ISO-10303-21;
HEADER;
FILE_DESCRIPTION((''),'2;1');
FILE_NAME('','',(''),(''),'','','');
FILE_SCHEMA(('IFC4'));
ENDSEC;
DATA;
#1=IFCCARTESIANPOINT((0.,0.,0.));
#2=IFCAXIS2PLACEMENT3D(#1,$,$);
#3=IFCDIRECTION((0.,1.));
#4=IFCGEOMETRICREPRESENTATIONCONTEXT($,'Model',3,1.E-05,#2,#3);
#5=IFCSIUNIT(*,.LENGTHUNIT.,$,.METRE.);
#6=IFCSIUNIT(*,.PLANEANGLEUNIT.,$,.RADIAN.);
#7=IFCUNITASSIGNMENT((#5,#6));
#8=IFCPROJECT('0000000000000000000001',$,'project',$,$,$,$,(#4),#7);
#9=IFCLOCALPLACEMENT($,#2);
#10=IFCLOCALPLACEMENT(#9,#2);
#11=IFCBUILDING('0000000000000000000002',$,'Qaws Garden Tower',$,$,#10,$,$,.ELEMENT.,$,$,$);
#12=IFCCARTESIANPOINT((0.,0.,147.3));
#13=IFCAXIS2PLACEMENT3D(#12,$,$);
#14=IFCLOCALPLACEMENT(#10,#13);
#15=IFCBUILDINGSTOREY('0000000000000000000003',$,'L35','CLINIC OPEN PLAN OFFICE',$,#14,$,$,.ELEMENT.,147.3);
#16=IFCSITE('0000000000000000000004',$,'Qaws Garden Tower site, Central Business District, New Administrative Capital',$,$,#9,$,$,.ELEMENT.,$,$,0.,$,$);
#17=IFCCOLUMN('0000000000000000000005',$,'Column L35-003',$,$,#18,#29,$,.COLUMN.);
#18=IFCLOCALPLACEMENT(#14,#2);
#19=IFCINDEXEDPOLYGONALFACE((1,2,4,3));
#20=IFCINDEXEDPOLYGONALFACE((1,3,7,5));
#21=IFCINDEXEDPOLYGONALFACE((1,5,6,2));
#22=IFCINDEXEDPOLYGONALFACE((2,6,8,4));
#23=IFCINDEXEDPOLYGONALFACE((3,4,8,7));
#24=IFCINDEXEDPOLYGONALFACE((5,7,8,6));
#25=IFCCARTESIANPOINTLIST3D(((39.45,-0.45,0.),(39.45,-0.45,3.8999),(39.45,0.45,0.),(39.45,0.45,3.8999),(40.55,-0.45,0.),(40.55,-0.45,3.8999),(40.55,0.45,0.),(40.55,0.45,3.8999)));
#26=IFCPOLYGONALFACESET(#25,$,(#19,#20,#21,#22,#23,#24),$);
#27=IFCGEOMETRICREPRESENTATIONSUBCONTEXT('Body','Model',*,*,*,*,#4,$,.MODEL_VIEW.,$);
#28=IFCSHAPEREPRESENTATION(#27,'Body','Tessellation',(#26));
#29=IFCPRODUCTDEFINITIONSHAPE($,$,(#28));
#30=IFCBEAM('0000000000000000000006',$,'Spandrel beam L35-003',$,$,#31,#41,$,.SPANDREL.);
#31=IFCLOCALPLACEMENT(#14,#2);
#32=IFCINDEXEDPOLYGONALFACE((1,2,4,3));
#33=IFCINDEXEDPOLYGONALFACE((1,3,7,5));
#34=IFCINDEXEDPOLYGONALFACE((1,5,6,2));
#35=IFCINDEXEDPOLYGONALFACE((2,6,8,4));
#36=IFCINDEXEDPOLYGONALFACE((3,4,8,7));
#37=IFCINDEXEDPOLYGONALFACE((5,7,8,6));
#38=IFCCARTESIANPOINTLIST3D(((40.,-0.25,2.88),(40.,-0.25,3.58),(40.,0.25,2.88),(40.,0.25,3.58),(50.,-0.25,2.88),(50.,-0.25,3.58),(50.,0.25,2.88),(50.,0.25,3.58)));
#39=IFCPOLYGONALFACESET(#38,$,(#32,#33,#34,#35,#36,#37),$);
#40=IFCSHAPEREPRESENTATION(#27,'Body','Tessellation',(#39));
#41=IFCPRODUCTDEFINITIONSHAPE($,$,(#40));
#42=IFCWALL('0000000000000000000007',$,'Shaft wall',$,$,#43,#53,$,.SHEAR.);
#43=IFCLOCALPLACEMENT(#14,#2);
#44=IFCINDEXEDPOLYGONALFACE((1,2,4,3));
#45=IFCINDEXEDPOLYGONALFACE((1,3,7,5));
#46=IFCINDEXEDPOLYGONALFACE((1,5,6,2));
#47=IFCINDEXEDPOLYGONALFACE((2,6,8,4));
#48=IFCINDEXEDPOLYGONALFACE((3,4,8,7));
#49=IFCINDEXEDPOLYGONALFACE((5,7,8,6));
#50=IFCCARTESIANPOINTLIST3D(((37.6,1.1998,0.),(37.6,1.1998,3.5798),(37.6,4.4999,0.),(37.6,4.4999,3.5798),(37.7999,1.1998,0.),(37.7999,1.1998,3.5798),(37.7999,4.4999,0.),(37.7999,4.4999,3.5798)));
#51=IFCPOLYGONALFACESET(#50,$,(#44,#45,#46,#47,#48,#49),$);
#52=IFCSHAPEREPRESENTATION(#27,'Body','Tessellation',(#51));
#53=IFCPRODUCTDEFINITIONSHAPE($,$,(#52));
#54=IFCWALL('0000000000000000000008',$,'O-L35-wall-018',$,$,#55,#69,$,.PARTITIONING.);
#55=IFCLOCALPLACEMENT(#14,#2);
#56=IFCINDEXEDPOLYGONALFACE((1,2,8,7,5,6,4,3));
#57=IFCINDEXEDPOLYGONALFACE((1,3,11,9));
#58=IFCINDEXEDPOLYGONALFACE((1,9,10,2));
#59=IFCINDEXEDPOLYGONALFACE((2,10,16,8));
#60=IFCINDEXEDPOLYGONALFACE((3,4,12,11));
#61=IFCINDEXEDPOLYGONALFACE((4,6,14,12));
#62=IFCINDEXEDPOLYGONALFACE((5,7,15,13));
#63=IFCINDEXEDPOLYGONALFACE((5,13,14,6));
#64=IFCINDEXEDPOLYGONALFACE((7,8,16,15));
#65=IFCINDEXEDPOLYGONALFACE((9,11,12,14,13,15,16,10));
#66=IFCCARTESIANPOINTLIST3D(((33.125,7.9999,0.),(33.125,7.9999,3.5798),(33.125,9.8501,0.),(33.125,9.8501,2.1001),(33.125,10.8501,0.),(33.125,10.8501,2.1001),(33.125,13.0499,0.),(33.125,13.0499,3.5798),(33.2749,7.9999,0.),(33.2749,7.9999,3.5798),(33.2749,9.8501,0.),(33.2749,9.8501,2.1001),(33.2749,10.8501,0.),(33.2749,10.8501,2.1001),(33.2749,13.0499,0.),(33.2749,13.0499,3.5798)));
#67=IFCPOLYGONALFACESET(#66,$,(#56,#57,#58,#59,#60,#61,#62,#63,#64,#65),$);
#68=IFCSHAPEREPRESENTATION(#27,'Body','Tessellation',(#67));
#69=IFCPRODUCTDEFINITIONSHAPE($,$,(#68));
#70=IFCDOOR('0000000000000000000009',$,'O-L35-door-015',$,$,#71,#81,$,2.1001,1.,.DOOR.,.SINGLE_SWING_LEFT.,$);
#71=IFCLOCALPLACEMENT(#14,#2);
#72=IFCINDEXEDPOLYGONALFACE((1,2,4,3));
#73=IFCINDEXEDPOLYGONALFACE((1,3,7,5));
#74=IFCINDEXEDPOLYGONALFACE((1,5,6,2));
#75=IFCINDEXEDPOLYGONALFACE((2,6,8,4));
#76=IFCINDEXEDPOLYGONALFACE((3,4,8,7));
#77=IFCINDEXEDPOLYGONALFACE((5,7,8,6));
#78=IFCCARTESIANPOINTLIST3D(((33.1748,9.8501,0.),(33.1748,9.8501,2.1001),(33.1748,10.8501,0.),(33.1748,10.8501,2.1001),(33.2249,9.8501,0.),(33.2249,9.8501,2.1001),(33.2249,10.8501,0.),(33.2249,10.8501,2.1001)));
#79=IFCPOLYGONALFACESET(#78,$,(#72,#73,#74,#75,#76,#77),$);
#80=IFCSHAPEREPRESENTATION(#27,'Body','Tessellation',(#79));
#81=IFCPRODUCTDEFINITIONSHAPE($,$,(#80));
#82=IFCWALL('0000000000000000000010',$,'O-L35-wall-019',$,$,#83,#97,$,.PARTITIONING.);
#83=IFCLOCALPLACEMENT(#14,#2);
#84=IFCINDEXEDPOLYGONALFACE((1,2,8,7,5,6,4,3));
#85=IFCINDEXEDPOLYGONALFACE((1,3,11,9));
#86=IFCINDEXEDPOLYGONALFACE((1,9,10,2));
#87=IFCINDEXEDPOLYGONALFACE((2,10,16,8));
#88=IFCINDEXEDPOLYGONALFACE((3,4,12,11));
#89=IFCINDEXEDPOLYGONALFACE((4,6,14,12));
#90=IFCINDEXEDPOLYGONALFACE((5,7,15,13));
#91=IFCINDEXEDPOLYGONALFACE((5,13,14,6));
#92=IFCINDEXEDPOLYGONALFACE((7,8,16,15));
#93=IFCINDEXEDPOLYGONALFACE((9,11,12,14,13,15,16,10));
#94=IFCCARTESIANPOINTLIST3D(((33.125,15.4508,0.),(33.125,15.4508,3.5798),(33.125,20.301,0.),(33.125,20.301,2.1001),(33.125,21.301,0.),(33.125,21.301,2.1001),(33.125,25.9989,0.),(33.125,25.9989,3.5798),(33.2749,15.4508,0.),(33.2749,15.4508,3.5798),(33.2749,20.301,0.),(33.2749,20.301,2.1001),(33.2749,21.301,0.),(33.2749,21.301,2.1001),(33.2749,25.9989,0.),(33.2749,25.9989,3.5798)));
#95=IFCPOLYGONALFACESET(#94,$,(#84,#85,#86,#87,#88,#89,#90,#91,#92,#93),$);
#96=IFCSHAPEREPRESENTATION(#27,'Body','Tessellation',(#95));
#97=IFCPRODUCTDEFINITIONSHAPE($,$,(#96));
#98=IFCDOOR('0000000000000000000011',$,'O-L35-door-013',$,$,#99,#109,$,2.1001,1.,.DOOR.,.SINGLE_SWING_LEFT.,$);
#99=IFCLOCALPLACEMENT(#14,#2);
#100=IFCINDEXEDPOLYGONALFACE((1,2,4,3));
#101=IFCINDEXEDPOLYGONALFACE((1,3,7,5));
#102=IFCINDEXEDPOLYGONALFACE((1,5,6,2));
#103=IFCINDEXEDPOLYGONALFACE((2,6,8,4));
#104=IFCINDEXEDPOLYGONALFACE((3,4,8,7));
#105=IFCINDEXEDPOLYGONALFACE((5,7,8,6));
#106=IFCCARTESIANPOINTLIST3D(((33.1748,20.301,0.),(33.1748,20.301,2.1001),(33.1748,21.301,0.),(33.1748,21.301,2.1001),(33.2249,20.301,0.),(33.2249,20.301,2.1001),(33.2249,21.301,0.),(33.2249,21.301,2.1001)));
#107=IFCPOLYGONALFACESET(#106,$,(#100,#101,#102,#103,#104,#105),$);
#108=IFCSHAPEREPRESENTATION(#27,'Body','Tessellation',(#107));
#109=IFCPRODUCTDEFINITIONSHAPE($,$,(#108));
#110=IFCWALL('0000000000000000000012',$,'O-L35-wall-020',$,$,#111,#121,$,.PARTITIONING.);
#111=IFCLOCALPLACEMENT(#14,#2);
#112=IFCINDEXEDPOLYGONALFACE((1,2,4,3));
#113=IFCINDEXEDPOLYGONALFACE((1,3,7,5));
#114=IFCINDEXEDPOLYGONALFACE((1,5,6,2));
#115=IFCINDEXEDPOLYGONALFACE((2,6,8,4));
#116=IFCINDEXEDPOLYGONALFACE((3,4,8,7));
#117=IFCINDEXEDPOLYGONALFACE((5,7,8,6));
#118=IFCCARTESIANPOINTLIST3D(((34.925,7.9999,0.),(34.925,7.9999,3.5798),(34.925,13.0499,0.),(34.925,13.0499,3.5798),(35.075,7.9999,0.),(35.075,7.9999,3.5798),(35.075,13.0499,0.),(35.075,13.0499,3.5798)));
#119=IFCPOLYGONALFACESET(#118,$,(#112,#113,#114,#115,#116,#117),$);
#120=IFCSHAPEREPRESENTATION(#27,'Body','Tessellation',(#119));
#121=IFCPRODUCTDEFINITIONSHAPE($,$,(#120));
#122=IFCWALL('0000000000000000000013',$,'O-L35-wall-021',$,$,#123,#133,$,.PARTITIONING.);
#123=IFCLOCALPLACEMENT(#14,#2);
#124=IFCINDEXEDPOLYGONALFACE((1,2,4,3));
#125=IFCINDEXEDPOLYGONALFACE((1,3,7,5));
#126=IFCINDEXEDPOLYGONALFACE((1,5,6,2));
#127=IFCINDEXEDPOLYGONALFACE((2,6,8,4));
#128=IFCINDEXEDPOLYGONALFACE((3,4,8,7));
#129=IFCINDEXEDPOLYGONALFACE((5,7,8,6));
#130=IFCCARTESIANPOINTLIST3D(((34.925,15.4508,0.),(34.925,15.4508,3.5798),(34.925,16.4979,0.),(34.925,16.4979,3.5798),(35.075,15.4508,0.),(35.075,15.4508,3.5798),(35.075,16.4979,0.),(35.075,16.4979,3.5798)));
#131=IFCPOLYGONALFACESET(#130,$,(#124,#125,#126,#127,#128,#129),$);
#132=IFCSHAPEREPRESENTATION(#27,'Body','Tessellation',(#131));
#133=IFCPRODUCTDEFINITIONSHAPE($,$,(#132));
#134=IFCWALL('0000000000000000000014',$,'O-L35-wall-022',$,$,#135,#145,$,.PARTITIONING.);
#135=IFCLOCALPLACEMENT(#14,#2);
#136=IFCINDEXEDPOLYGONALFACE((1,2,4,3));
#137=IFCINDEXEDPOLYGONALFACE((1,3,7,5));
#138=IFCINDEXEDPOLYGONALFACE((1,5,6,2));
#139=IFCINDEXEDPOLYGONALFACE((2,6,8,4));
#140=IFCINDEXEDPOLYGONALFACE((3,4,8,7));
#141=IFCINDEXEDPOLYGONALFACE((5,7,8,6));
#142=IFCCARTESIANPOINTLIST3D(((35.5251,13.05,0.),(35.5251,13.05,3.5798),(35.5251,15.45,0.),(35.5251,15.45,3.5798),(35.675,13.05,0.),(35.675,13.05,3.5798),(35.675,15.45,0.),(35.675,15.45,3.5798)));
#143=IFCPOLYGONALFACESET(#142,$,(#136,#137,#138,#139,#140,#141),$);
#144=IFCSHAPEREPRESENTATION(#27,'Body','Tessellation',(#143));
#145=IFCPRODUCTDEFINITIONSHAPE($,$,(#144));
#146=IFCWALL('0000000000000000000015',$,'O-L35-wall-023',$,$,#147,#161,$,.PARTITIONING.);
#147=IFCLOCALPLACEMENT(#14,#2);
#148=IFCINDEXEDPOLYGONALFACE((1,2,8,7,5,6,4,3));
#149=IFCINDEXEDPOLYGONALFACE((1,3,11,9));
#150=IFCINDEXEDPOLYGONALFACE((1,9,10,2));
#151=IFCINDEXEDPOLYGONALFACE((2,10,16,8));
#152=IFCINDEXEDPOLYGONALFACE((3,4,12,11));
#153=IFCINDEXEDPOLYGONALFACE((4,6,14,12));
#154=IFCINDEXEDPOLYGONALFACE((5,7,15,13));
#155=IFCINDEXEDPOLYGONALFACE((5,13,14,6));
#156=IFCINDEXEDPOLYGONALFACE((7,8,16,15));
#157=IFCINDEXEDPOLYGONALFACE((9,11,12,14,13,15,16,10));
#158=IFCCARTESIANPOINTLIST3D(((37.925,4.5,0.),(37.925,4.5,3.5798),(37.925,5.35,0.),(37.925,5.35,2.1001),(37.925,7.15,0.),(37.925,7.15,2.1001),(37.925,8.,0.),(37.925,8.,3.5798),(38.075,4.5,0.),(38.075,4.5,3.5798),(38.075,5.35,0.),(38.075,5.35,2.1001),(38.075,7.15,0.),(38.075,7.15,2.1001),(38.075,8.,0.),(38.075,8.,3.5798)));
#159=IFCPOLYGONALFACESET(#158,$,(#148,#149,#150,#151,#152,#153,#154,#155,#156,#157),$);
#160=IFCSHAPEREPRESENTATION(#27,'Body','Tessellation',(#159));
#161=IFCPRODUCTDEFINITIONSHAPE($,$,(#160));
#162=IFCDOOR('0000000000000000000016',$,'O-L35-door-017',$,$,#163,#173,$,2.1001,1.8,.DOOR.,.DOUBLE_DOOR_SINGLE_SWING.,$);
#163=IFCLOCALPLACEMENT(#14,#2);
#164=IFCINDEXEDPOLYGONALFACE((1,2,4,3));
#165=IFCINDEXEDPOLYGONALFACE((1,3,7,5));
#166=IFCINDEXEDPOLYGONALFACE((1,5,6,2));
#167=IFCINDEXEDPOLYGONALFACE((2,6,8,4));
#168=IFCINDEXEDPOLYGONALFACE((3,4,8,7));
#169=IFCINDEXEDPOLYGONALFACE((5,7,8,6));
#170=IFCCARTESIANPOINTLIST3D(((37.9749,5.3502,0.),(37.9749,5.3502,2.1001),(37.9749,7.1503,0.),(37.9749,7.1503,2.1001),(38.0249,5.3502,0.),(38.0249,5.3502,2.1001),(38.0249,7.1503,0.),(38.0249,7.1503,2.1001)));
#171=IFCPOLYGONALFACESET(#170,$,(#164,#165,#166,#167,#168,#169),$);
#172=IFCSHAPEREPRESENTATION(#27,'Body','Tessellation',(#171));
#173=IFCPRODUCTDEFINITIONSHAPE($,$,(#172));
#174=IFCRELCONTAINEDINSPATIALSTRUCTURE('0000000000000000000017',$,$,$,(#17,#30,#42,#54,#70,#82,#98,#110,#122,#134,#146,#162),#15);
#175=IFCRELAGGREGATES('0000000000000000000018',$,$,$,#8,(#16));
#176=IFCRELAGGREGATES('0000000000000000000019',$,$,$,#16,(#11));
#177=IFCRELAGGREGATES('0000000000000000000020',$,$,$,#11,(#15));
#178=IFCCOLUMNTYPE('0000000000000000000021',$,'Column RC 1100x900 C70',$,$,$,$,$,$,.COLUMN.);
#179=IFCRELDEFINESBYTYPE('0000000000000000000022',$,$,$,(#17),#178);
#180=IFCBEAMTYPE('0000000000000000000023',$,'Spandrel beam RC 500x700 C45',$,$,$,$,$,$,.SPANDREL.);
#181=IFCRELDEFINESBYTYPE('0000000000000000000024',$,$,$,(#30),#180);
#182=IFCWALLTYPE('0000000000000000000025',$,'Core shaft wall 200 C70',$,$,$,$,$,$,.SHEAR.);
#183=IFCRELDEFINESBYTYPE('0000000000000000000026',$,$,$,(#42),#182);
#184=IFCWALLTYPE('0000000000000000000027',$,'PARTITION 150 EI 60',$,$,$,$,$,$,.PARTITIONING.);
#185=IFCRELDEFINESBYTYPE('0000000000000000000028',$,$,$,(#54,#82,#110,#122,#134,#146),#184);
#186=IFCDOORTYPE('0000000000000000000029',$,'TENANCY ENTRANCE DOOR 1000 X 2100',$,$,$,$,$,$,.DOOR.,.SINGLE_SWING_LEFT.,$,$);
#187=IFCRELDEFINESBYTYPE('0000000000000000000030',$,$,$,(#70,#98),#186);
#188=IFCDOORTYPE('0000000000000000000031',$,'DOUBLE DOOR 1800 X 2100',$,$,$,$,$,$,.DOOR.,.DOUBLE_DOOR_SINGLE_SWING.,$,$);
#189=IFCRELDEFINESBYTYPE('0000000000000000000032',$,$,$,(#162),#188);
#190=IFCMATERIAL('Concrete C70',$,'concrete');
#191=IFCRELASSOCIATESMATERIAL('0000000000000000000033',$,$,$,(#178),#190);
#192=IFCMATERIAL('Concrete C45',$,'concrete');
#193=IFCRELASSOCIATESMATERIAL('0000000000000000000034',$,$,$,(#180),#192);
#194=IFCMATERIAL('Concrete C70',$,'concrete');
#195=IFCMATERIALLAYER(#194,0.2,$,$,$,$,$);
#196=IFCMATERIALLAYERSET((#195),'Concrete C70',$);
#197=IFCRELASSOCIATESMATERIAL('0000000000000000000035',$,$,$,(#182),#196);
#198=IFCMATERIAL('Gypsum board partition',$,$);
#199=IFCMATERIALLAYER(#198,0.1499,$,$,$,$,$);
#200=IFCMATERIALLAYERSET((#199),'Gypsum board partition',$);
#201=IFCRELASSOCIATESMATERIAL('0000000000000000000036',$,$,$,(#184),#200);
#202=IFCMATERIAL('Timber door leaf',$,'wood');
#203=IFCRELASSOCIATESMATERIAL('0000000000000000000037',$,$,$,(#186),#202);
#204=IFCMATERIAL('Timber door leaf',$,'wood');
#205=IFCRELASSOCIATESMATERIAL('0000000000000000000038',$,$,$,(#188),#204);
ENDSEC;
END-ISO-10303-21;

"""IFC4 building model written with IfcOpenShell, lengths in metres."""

from ifc_helpers import new_model, si_unit, direction, frame, frame_2d, origin, origin_2d, place, context, subcontext, project, spatial, rectangle, extrude, material, layer, layer_set, material_profile, profile_set, type_object, element, fill, save


model = new_model("IFC4")

# Units and contexts
model_context = context("Model", 3, precision=1e-05, world=origin(), true_north=direction((0.0, 1.0)))
body_context = subcontext(model_context, "Body", "Model", "MODEL_VIEW")
ifc_project = project(units=[si_unit("LENGTHUNIT", "METRE"), si_unit("PLANEANGLEUNIT", "RADIAN")], contexts=[model_context])

# Site, building, storey
site_placement = place(None, origin())
site = spatial("IfcSite", under=ifc_project, at=site_placement, Name="Qaws Garden Tower site, Central Business District, New Administrative Capital", CompositionType="ELEMENT", RefElevation=0.0)
building_placement = place(site_placement, origin())
building = spatial("IfcBuilding", under=site, at=building_placement, Name="Qaws Garden Tower", CompositionType="ELEMENT")
storey_placement = place(building_placement, frame((0.0, 0.0, 147.3)))
storey = spatial("IfcBuildingStorey", under=building, at=storey_placement, Name="L35", Description="CLINIC OPEN PLAN OFFICE", CompositionType="ELEMENT", Elevation=147.3)

# Column
ifc_material_1 = material(Name="Concrete C70", Category="concrete")
ifc_material_profile_1 = material_profile(ifc_material_1, rectangle(XDim=1.1001, YDim=0.8999, at=origin_2d()), Name="RC 1100x900")
ifc_profile_set_1 = profile_set([ifc_material_profile_1], Name="Concrete C70")
column_type = type_object("IfcColumnType", Name="Column RC 1100x900 C70", PredefinedType="COLUMN", material=ifc_profile_set_1)
column_placement = place(storey_placement, frame((40.0, 0.0, 0.0), z_axis=(0.0, 0.0, 1.0), x_axis=(1.0, 0.0, 0.0)))
element("IfcColumn", 1, at=column_placement, inside=storey, type_object=column_type, Name="Column L35-003", PredefinedType="COLUMN", context=body_context, shape_type="SweptSolid", body=[
    extrude(rectangle(XDim=1.1001, YDim=0.8999, at=origin_2d()), origin(), (0.0, 0.0, 1.0), 3.8999),
])

# Beam
ifc_material_2 = material(Name="Concrete C45", Category="concrete")
ifc_material_profile_2 = material_profile(ifc_material_2, rectangle(XDim=0.5, YDim=0.7, at=origin_2d()), Name="RC 500x700")
ifc_profile_set_2 = profile_set([ifc_material_profile_2], Name="Concrete C45")
beam_type = type_object("IfcBeamType", Name="Spandrel beam RC 500x700 C45", PredefinedType="SPANDREL", material=ifc_profile_set_2)
beam_placement = place(storey_placement, frame((40.0, 0.0, 3.23), z_axis=(1.0, 0.0, 0.0), x_axis=(0.0, 1.0, 0.0)))
element("IfcBeam", 2, at=beam_placement, inside=storey, type_object=beam_type, Name="Spandrel beam L35-003", PredefinedType="SPANDREL", context=body_context, shape_type="SweptSolid", body=[
    extrude(rectangle(XDim=0.5, YDim=0.7, at=origin_2d()), origin(), (0.0, 0.0, 1.0), 10.0),
])

# Wall
ifc_material_3 = material(Name="Concrete C70", Category="concrete")
ifc_layer_1 = layer(ifc_material_3, 0.2)
ifc_layer_set_1 = layer_set([ifc_layer_1], Name="Concrete C70")
wall_type_1 = type_object("IfcWallType", Name="Core shaft wall 200 C70", PredefinedType="SHEAR", material=ifc_layer_set_1)
wall_1_placement = place(storey_placement, frame((37.7, 1.2, 0.0), z_axis=(0.0, 0.0, 1.0), x_axis=(0.0, 1.0, 0.0)))
element("IfcWall", 3, at=wall_1_placement, inside=storey, type_object=wall_type_1, Name="Shaft wall", PredefinedType="SHEAR", context=body_context, shape_type="SweptSolid", body=[
    extrude(rectangle(XDim=3.3, YDim=0.2, at=frame_2d((1.6499, 0.0))), origin(), (0.0, 0.0, 1.0), 3.5798),
])

# Walls, openings, doors
ifc_material_4 = material(Name="Gypsum board partition")
ifc_layer_2 = layer(ifc_material_4, 0.1499)
ifc_layer_set_2 = layer_set([ifc_layer_2], Name="Gypsum board partition")
wall_type_2 = type_object("IfcWallType", Name="PARTITION 150 EI 60", PredefinedType="PARTITIONING", material=ifc_layer_set_2)
wall_2_placement = place(storey_placement, frame((33.2, 8.0, 0.0), z_axis=(0.0, 0.0, 1.0), x_axis=(0.0, 1.0, 0.0)))
wall_2 = element("IfcWall", 4, at=wall_2_placement, inside=storey, type_object=wall_type_2, Name="O-L35-wall-018", PredefinedType="PARTITIONING", context=body_context, shape_type="SweptSolid", body=[
    extrude(rectangle(XDim=5.05, YDim=0.1499, at=frame_2d((2.5249, 0.0))), origin(), (0.0, 0.0, 1.0), 3.5798),
])
opening_1_placement = place(wall_2_placement, frame((1.8501, 0.0, 0.0)))
opening_1 = element("IfcOpeningElement", 5, at=opening_1_placement, cuts=wall_2, PredefinedType="OPENING", context=body_context, shape_type="SweptSolid", body=[
    extrude(rectangle(XDim=1.0, YDim=2.1001, at=frame_2d((0.5, 1.05))), frame((0.0, 0.085, 0.0), z_axis=(0.0, -1.0, 0.0), x_axis=(1.0, 0.0, 0.0)), (0.0, 0.0, 1.0), 0.1699),
])
ifc_material_5 = material(Name="Timber door leaf", Category="wood")
door_type_1 = type_object("IfcDoorType", Name="TENANCY ENTRANCE DOOR 1000 X 2100", OperationType="SINGLE_SWING_LEFT", PredefinedType="DOOR", material=ifc_material_5)
door_1_placement = place(opening_1_placement, frame((1.0, 0.0, 0.0), z_axis=(0.0, 0.0, 1.0), x_axis=(-1.0, 0.0, 0.0)))
door_1 = element("IfcDoor", 6, at=door_1_placement, inside=storey, type_object=door_type_1, Name="O-L35-door-015", OperationType="SINGLE_SWING_LEFT", OverallHeight=2.1001, OverallWidth=1.0, PredefinedType="DOOR", context=body_context, shape_type="SweptSolid", body=[
    extrude(rectangle(XDim=1.0, YDim=2.1001, at=frame_2d((0.5, 1.05))), frame((0.0, 0.0249, 0.0), z_axis=(0.0, -1.0, 0.0), x_axis=(1.0, 0.0, 0.0)), (0.0, 0.0, 1.0), 0.05),
])
fill(opening_1, door_1)
wall_3_placement = place(storey_placement, frame((33.2, 15.4509, 0.0), z_axis=(0.0, 0.0, 1.0), x_axis=(0.0, 1.0, 0.0)))
wall_3 = element("IfcWall", 7, at=wall_3_placement, inside=storey, type_object=wall_type_2, Name="O-L35-wall-019", PredefinedType="PARTITIONING", context=body_context, shape_type="SweptSolid", body=[
    extrude(rectangle(XDim=10.5481, YDim=0.1499, at=frame_2d((5.2739, 0.0))), origin(), (0.0, 0.0, 1.0), 3.5798),
])
opening_2_placement = place(wall_3_placement, frame((4.8501, 0.0, 0.0)))
opening_2 = element("IfcOpeningElement", 8, at=opening_2_placement, cuts=wall_3, PredefinedType="OPENING", context=body_context, shape_type="SweptSolid", body=[
    extrude(rectangle(XDim=1.0, YDim=2.1001, at=frame_2d((0.5, 1.05))), frame((0.0, 0.085, 0.0), z_axis=(0.0, -1.0, 0.0), x_axis=(1.0, 0.0, 0.0)), (0.0, 0.0, 1.0), 0.1699),
])
door_2_placement = place(opening_2_placement, frame((1.0, 0.0, 0.0), z_axis=(0.0, 0.0, 1.0), x_axis=(-1.0, 0.0, 0.0)))
door_2 = element("IfcDoor", 9, at=door_2_placement, inside=storey, type_object=door_type_1, Name="O-L35-door-013", OperationType="SINGLE_SWING_LEFT", OverallHeight=2.1001, OverallWidth=1.0, PredefinedType="DOOR", context=body_context, shape_type="SweptSolid", body=[
    extrude(rectangle(XDim=1.0, YDim=2.1001, at=frame_2d((0.5, 1.05))), frame((0.0, 0.0249, 0.0), z_axis=(0.0, -1.0, 0.0), x_axis=(1.0, 0.0, 0.0)), (0.0, 0.0, 1.0), 0.05),
])
fill(opening_2, door_2)

# Walls
wall_4_placement = place(storey_placement, frame((35.0, 8.0, 0.0), z_axis=(0.0, 0.0, 1.0), x_axis=(0.0, 1.0, 0.0)))
element("IfcWall", 10, at=wall_4_placement, inside=storey, type_object=wall_type_2, Name="O-L35-wall-020", PredefinedType="PARTITIONING", context=body_context, shape_type="SweptSolid", body=[
    extrude(rectangle(XDim=5.05, YDim=0.1499, at=frame_2d((2.5249, 0.0))), origin(), (0.0, 0.0, 1.0), 3.5798),
])
wall_5_placement = place(storey_placement, frame((35.0, 15.4509, 0.0), z_axis=(0.0, 0.0, 1.0), x_axis=(0.0, 1.0, 0.0)))
element("IfcWall", 11, at=wall_5_placement, inside=storey, type_object=wall_type_2, Name="O-L35-wall-021", PredefinedType="PARTITIONING", context=body_context, shape_type="SweptSolid", body=[
    extrude(rectangle(XDim=1.0471, YDim=0.1499, at=frame_2d((0.5234, 0.0))), origin(), (0.0, 0.0, 1.0), 3.5798),
])
wall_6_placement = place(storey_placement, frame((35.6001, 13.05, 0.0), z_axis=(0.0, 0.0, 1.0), x_axis=(0.0, 1.0, 0.0)))
element("IfcWall", 12, at=wall_6_placement, inside=storey, type_object=wall_type_2, Name="O-L35-wall-022", PredefinedType="PARTITIONING", context=body_context, shape_type="SweptSolid", body=[
    extrude(rectangle(XDim=2.3999, YDim=0.1499, at=frame_2d((1.2, 0.0))), origin(), (0.0, 0.0, 1.0), 3.5798),
])

# Wall, opening, door
wall_7_placement = place(storey_placement, frame((38.0, 4.5, 0.0), z_axis=(0.0, 0.0, 1.0), x_axis=(0.0, 1.0, 0.0)))
wall_7 = element("IfcWall", 13, at=wall_7_placement, inside=storey, type_object=wall_type_2, Name="O-L35-wall-023", PredefinedType="PARTITIONING", context=body_context, shape_type="SweptSolid", body=[
    extrude(rectangle(XDim=3.5, YDim=0.1499, at=frame_2d((1.75, 0.0))), origin(), (0.0, 0.0, 1.0), 3.5798),
])
opening_3_placement = place(wall_7_placement, frame((0.8501, 0.0, 0.0)))
opening_3 = element("IfcOpeningElement", 14, at=opening_3_placement, cuts=wall_7, PredefinedType="OPENING", context=body_context, shape_type="SweptSolid", body=[
    extrude(rectangle(XDim=1.8, YDim=2.1001, at=frame_2d((0.8999, 1.05))), frame((0.0, 0.085, 0.0), z_axis=(0.0, -1.0, 0.0), x_axis=(1.0, 0.0, 0.0)), (0.0, 0.0, 1.0), 0.1699),
])
ifc_material_6 = material(Name="Timber door leaf", Category="wood")
door_type_2 = type_object("IfcDoorType", Name="DOUBLE DOOR 1800 X 2100", OperationType="DOUBLE_DOOR_SINGLE_SWING", PredefinedType="DOOR", material=ifc_material_6)
door_3_placement = place(opening_3_placement, frame((1.8, 0.0, 0.0), z_axis=(0.0, 0.0, 1.0), x_axis=(-1.0, 0.0, 0.0)))
door_3 = element("IfcDoor", 15, at=door_3_placement, inside=storey, type_object=door_type_2, Name="O-L35-door-017", OperationType="DOUBLE_DOOR_SINGLE_SWING", OverallHeight=2.1001, OverallWidth=1.8, PredefinedType="DOOR", context=body_context, shape_type="SweptSolid", body=[
    extrude(rectangle(XDim=1.8, YDim=2.1001, at=frame_2d((0.8999, 1.05))), frame((0.0, 0.0249, 0.0), z_axis=(0.0, -1.0, 0.0), x_axis=(1.0, 0.0, 0.0)), (0.0, 0.0, 1.0), 0.05),
])
fill(opening_3, door_3)

save(model, "model.ifc")
